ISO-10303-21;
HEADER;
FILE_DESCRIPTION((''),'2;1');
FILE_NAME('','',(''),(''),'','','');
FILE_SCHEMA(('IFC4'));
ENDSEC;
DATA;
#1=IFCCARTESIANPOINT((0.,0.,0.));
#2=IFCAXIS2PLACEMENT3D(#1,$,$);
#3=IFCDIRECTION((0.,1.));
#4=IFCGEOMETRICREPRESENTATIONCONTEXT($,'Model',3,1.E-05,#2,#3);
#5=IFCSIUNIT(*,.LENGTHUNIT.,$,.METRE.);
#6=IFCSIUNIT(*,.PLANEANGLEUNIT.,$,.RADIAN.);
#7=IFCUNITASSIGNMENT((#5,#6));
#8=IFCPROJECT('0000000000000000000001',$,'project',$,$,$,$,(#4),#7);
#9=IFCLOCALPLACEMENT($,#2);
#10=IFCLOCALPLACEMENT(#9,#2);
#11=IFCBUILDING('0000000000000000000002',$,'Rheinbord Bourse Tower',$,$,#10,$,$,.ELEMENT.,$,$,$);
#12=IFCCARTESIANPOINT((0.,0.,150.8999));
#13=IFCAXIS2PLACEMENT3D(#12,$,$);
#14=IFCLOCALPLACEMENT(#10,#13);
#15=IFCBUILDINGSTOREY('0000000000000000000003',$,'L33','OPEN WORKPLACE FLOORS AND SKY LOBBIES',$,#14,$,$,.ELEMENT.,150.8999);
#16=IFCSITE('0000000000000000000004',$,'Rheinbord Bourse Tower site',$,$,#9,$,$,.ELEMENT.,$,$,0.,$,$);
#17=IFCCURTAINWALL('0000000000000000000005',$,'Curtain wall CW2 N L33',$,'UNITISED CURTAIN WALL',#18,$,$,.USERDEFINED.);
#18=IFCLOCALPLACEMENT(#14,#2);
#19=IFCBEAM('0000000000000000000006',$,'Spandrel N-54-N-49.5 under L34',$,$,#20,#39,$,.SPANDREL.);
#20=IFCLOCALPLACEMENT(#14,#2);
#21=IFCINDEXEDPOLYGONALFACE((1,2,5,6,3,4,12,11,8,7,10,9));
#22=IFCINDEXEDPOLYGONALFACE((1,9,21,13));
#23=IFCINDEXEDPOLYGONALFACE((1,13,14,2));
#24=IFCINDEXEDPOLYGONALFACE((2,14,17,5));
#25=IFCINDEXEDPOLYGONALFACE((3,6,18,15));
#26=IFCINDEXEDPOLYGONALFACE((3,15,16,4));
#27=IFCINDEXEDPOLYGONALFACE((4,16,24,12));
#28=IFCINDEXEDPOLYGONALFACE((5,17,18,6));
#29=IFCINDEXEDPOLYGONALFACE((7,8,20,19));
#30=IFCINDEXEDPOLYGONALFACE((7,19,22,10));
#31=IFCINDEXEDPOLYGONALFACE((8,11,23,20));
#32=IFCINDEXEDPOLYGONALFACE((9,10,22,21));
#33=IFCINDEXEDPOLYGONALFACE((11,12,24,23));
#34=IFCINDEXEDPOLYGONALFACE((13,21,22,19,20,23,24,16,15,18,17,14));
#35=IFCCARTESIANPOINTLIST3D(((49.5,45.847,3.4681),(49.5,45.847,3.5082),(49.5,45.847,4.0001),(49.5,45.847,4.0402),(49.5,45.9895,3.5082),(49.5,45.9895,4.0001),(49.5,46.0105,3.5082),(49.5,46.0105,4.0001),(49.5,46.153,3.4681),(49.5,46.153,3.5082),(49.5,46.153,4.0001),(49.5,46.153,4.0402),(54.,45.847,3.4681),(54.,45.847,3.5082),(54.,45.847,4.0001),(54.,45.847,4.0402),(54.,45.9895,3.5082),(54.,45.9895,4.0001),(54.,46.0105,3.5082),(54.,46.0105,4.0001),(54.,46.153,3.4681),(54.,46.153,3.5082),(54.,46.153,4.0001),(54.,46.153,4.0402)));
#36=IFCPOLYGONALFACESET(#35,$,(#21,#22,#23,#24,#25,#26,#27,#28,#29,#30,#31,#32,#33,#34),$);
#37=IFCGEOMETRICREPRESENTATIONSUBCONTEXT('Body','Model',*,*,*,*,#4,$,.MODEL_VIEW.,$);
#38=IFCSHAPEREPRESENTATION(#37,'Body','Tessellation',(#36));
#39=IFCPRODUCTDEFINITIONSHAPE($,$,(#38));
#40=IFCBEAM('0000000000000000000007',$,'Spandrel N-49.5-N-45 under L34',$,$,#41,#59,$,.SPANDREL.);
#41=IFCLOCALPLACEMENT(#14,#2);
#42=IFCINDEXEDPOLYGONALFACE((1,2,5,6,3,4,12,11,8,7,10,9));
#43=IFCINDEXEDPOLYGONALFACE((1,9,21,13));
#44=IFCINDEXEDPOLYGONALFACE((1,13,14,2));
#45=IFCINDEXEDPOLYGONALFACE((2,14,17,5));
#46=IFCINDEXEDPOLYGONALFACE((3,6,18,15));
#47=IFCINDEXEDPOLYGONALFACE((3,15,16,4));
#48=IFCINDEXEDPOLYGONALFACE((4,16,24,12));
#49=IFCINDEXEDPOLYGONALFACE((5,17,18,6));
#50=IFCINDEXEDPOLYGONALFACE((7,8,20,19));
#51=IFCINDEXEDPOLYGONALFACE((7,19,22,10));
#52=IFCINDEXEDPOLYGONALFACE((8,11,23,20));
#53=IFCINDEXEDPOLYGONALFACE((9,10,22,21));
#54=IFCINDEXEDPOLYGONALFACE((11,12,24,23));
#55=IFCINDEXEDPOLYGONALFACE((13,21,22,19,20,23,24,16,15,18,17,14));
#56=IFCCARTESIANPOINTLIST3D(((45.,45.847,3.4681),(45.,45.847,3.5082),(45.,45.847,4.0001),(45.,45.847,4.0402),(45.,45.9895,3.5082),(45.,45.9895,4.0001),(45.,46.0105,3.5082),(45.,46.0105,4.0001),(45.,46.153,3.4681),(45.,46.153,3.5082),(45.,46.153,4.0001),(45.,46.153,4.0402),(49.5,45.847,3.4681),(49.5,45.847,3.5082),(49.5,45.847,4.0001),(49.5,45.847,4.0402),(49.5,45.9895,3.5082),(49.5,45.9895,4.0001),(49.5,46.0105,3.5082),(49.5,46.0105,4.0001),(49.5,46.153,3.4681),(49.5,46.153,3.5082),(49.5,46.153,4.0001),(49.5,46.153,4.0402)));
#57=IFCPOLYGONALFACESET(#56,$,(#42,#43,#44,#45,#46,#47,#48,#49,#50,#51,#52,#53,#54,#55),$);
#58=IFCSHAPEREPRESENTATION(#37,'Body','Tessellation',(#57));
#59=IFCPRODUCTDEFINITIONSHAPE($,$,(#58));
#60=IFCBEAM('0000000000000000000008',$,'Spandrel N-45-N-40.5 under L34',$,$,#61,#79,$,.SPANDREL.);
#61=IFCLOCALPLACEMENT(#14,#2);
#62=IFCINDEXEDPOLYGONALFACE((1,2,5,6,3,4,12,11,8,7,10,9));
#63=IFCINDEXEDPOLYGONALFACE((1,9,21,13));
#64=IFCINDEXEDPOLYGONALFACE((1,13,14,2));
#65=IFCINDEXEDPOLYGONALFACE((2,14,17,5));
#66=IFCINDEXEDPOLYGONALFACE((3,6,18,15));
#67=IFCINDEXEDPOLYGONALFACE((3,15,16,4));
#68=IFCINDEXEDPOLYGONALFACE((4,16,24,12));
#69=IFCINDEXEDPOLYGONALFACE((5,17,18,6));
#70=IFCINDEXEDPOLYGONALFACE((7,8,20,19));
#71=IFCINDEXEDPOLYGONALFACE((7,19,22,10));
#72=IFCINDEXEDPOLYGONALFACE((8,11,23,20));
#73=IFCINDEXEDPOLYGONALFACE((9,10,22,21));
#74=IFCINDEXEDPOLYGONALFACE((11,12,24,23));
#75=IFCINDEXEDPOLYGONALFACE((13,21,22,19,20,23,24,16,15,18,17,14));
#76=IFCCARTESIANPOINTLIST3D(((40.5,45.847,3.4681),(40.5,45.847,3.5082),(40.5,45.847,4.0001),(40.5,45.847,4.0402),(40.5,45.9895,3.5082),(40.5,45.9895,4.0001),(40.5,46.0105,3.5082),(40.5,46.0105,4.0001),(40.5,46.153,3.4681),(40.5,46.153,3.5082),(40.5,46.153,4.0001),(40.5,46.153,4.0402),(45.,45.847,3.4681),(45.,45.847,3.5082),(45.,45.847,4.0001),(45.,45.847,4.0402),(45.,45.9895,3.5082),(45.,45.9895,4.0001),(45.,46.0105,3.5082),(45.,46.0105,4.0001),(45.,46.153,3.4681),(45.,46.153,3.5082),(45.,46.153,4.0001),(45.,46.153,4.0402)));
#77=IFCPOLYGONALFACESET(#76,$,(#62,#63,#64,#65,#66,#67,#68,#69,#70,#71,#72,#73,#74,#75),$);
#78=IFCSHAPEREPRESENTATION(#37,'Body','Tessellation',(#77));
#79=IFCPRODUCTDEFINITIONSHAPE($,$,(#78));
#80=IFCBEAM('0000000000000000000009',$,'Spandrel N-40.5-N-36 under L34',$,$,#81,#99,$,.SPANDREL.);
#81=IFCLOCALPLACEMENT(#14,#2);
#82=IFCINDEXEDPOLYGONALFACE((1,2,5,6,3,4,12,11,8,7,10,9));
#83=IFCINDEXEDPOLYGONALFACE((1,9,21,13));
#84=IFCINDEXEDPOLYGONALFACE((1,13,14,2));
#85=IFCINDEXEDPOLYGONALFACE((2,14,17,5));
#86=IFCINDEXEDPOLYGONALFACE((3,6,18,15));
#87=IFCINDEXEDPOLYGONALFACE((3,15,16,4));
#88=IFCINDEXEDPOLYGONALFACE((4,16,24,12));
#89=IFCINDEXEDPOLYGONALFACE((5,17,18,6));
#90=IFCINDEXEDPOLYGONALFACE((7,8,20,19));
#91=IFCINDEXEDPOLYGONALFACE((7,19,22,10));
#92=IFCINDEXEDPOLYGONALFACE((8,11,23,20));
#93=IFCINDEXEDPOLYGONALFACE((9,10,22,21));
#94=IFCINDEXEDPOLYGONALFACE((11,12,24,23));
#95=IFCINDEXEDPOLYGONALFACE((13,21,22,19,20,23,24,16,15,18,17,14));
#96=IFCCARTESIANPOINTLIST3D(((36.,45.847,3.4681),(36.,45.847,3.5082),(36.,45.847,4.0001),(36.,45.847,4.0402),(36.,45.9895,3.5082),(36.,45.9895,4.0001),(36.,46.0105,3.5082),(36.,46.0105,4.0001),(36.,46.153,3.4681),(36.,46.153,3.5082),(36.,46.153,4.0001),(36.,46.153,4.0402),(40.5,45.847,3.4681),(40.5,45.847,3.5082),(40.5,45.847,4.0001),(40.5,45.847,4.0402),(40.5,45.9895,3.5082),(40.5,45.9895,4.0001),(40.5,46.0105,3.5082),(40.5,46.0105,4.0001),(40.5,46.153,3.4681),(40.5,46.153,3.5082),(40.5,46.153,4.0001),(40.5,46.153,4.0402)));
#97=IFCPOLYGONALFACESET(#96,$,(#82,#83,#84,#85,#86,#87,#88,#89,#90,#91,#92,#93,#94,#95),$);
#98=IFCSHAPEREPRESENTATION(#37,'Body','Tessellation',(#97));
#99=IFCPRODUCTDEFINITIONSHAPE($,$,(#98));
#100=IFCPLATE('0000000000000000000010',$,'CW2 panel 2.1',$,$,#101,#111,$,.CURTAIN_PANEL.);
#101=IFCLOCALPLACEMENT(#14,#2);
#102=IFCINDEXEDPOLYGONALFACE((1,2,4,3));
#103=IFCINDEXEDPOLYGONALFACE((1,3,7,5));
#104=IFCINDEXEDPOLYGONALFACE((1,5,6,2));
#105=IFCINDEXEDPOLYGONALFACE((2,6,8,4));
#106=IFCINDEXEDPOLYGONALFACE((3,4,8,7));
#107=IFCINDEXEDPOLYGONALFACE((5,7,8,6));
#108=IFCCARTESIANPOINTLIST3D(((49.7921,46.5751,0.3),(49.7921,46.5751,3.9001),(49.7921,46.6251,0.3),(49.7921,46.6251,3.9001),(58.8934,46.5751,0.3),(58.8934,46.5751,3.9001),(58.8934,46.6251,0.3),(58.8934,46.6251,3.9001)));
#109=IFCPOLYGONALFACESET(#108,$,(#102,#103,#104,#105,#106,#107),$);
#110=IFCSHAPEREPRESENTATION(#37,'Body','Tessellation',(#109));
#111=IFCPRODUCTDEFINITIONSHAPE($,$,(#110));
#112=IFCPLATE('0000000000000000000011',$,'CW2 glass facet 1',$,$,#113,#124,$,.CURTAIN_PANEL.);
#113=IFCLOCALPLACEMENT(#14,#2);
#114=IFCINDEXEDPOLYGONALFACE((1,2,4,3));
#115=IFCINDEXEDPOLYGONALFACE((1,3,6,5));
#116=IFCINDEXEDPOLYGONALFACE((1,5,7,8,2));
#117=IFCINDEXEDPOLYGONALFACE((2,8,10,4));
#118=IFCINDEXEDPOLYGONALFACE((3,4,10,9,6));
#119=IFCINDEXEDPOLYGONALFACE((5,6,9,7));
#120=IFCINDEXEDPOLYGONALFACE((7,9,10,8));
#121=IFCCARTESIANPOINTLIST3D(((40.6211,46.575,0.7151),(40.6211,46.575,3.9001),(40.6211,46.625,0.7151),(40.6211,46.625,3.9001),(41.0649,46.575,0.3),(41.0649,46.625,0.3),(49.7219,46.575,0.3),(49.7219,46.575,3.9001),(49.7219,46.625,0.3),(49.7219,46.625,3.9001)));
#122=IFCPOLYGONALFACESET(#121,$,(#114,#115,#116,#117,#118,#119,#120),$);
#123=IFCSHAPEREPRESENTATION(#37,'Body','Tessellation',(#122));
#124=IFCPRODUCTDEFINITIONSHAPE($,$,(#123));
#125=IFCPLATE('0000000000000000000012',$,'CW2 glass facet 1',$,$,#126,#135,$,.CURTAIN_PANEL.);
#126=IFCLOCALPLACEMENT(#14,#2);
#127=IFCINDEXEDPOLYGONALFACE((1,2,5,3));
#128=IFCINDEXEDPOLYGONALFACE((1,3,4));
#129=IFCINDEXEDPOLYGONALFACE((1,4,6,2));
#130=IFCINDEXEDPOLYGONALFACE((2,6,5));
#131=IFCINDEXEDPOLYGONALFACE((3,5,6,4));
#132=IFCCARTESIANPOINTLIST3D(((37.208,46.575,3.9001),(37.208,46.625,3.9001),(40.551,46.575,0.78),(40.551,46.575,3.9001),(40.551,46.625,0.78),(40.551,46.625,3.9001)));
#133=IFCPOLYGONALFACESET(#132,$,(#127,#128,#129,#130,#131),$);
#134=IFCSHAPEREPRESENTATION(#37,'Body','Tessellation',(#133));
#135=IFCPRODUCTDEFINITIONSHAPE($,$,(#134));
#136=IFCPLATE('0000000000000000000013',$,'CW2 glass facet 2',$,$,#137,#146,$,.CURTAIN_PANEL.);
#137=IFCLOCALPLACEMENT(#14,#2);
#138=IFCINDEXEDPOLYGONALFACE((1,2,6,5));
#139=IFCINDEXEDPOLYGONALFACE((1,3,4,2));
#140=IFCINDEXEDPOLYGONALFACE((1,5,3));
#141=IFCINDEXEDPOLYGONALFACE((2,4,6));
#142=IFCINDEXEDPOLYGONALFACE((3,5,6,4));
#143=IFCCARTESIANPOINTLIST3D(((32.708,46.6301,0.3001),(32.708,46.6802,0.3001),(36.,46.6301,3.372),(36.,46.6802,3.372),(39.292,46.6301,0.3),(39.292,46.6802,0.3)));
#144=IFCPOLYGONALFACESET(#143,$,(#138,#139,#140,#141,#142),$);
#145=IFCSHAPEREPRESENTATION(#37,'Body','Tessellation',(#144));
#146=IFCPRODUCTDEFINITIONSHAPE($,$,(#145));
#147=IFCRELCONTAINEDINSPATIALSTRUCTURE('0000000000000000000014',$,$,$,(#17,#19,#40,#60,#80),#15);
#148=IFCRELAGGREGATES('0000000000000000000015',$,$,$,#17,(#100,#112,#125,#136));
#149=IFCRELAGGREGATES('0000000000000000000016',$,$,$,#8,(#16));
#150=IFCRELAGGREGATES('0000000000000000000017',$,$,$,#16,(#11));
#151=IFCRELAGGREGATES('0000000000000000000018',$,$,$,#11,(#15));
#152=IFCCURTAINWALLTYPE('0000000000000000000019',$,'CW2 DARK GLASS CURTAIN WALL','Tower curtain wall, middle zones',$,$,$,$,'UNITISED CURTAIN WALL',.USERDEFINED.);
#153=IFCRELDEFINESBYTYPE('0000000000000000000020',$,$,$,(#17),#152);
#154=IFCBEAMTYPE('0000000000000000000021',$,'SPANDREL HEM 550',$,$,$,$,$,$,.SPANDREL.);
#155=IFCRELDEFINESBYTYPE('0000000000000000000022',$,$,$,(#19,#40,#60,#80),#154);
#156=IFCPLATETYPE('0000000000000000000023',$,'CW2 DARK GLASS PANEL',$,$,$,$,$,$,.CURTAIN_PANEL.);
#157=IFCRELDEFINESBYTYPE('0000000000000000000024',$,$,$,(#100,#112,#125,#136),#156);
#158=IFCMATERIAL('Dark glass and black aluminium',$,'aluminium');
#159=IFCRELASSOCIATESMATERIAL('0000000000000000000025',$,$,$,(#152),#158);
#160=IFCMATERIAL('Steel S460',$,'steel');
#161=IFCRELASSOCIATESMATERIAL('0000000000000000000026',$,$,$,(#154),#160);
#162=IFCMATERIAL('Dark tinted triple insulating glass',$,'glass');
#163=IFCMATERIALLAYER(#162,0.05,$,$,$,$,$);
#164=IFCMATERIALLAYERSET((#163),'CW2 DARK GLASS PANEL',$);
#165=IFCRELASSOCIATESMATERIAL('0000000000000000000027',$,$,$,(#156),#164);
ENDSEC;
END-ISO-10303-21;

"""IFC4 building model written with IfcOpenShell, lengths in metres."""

from ifc_helpers import new_model, si_unit, direction, frame, origin, origin_2d, place, context, subcontext, project, spatial, polyline, rectangle, i_section, outline, extrude, material, layer, layer_set, material_profile, profile_set, type_object, element, aggregate, save


model = new_model("IFC4")

# Units and contexts
model_context = context("Model", 3, precision=1e-05, world=origin(), true_north=direction((0.0, 1.0)))
body_context = subcontext(model_context, "Body", "Model", "MODEL_VIEW")
ifc_project = project(units=[si_unit("LENGTHUNIT", "METRE"), si_unit("PLANEANGLEUNIT", "RADIAN")], contexts=[model_context])

# Site, building, storey
site_placement = place(None, origin())
site = spatial("IfcSite", under=ifc_project, at=site_placement, Name="Rheinbord Bourse Tower site", CompositionType="ELEMENT", RefElevation=0.0)
building_placement = place(site_placement, origin())
building = spatial("IfcBuilding", under=site, at=building_placement, Name="Rheinbord Bourse Tower", CompositionType="ELEMENT")
storey_placement = place(building_placement, frame((0.0, 0.0, 150.8999)))
storey = spatial("IfcBuildingStorey", under=building, at=storey_placement, Name="L33", Description="OPEN WORKPLACE FLOORS AND SKY LOBBIES", CompositionType="ELEMENT", Elevation=150.8999)

# Curtain wall
ifc_material_1 = material(Name="Dark glass and black aluminium", Category="aluminium")
curtain_wall_type = type_object("IfcCurtainWallType", Name="CW2 DARK GLASS CURTAIN WALL", Description="Tower curtain wall, middle zones", ElementType="UNITISED CURTAIN WALL", PredefinedType="USERDEFINED", material=ifc_material_1)
curtain_wall_placement = place(storey_placement, origin())
curtain_wall = element("IfcCurtainWall", 1, at=curtain_wall_placement, inside=storey, type_object=curtain_wall_type, Name="Curtain wall CW2 N L33", ObjectType="UNITISED CURTAIN WALL", PredefinedType="USERDEFINED")

# Beams
ifc_material_2 = material(Name="Steel S460", Category="steel")
ifc_material_profile_1 = material_profile(ifc_material_2, i_section(OverallWidth=0.3059, OverallDepth=0.572, WebThickness=0.021, FlangeThickness=0.04, at=origin_2d()), Name="HEM 550")
ifc_profile_set_1 = profile_set([ifc_material_profile_1], Name="Steel S460")
beam_type_1 = type_object("IfcBeamType", Name="SPANDREL HEM 550", PredefinedType="SPANDREL", material=ifc_profile_set_1)
for number, where, z_axis, x_axis, name in (
    (2, (54.0, 46.0, 3.7542), (-1.0, 0.0, 0.0), (0.0, -1.0, 0.0), "Spandrel N-54-N-49.5 under L34"),
    (3, (49.5, 46.0, 3.7542), (-1.0, 0.0, 0.0), (0.0, -1.0, 0.0), "Spandrel N-49.5-N-45 under L34"),
    (4, (45.0, 46.0, 3.7542), (-1.0, 0.0, 0.0), (0.0, -1.0, 0.0), "Spandrel N-45-N-40.5 under L34"),
    (5, (40.5, 46.0, 3.7542), (-1.0, 0.0, 0.0), (0.0, -1.0, 0.0), "Spandrel N-40.5-N-36 under L34"),
):
    element("IfcBeam", number, at=place(storey_placement, frame(where, z_axis=z_axis, x_axis=x_axis)), inside=storey, type_object=beam_type_1, Name=name, PredefinedType="SPANDREL", context=body_context, shape_type="SweptSolid", body=[
        extrude(i_section(OverallWidth=0.3059, OverallDepth=0.572, WebThickness=0.021, FlangeThickness=0.04, at=origin_2d()), origin(), (0.0, 0.0, 1.0), 4.5),
    ])

# Plates
ifc_material_3 = material(Name="Dark tinted triple insulating glass", Category="glass")
ifc_layer_1 = layer(ifc_material_3, 0.05)
ifc_layer_set_1 = layer_set([ifc_layer_1], Name="CW2 DARK GLASS PANEL")
plate_type = type_object("IfcPlateType", Name="CW2 DARK GLASS PANEL", PredefinedType="CURTAIN_PANEL", material=ifc_layer_set_1)
plate_1_placement = place(storey_placement, frame((54.3428, 46.6001, 0.3), z_axis=(0.0, 0.0, 1.0), x_axis=(-1.0, 0.0, 0.0)))
plate_1 = element("IfcPlate", 6, at=plate_1_placement, type_object=plate_type, Name="CW2 panel 2.1", PredefinedType="CURTAIN_PANEL", context=body_context, shape_type="SweptSolid", body=[
    extrude(rectangle(XDim=9.1013, YDim=0.05, at=origin_2d()), origin(), (0.0, 0.0, 1.0), 3.6001),
])
plate_2_placement = place(storey_placement, frame((49.7219, 46.625, 0.3), z_axis=(0.0, -1.0, 0.0), x_axis=(0.0, 0.0, 1.0)))
plate_2 = element("IfcPlate", 7, at=plate_2_placement, type_object=plate_type, Name="CW2 glass facet 1", PredefinedType="CURTAIN_PANEL", context=body_context, shape_type="SweptSolid", body=[
    extrude(outline(polyline([(0.0, 0.0), (3.6001, 0.0), (3.6001, 9.1008), (0.415, 9.1008), (0.0, 8.657), (0.0, 0.0)])), origin(), (0.0, 0.0, 1.0), 0.05),
])
plate_3_placement = place(storey_placement, frame((40.551, 46.625, 3.9001), z_axis=(0.0, -1.0, 0.0), x_axis=(-1.0, 0.0, 0.0)))
plate_3 = element("IfcPlate", 8, at=plate_3_placement, type_object=plate_type, Name="CW2 glass facet 1", PredefinedType="CURTAIN_PANEL", context=body_context, shape_type="SweptSolid", body=[
    extrude(outline(polyline([(0.0, 0.0), (3.343, 0.0), (0.0, 3.1201), (0.0, 0.0)])), origin(), (0.0, 0.0, 1.0), 0.05),
])
plate_4_placement = place(storey_placement, frame((39.292, 46.6802, 0.3), z_axis=(0.0, -1.0, 0.0), x_axis=(-0.731111, 0.0, 0.682258)))
plate_4 = element("IfcPlate", 9, at=plate_4_placement, type_object=plate_type, Name="CW2 glass facet 2", PredefinedType="CURTAIN_PANEL", context=body_context, shape_type="SweptSolid", body=[
    extrude(outline(polyline([(0.0, 0.0), (4.5027, 0.0), (4.8137, 4.4919), (0.0, 0.0)])), origin(), (0.0, 0.0, 1.0), 0.05),
])
aggregate(curtain_wall, [plate_1, plate_2, plate_3, plate_4])

save(model, "model.ifc")
